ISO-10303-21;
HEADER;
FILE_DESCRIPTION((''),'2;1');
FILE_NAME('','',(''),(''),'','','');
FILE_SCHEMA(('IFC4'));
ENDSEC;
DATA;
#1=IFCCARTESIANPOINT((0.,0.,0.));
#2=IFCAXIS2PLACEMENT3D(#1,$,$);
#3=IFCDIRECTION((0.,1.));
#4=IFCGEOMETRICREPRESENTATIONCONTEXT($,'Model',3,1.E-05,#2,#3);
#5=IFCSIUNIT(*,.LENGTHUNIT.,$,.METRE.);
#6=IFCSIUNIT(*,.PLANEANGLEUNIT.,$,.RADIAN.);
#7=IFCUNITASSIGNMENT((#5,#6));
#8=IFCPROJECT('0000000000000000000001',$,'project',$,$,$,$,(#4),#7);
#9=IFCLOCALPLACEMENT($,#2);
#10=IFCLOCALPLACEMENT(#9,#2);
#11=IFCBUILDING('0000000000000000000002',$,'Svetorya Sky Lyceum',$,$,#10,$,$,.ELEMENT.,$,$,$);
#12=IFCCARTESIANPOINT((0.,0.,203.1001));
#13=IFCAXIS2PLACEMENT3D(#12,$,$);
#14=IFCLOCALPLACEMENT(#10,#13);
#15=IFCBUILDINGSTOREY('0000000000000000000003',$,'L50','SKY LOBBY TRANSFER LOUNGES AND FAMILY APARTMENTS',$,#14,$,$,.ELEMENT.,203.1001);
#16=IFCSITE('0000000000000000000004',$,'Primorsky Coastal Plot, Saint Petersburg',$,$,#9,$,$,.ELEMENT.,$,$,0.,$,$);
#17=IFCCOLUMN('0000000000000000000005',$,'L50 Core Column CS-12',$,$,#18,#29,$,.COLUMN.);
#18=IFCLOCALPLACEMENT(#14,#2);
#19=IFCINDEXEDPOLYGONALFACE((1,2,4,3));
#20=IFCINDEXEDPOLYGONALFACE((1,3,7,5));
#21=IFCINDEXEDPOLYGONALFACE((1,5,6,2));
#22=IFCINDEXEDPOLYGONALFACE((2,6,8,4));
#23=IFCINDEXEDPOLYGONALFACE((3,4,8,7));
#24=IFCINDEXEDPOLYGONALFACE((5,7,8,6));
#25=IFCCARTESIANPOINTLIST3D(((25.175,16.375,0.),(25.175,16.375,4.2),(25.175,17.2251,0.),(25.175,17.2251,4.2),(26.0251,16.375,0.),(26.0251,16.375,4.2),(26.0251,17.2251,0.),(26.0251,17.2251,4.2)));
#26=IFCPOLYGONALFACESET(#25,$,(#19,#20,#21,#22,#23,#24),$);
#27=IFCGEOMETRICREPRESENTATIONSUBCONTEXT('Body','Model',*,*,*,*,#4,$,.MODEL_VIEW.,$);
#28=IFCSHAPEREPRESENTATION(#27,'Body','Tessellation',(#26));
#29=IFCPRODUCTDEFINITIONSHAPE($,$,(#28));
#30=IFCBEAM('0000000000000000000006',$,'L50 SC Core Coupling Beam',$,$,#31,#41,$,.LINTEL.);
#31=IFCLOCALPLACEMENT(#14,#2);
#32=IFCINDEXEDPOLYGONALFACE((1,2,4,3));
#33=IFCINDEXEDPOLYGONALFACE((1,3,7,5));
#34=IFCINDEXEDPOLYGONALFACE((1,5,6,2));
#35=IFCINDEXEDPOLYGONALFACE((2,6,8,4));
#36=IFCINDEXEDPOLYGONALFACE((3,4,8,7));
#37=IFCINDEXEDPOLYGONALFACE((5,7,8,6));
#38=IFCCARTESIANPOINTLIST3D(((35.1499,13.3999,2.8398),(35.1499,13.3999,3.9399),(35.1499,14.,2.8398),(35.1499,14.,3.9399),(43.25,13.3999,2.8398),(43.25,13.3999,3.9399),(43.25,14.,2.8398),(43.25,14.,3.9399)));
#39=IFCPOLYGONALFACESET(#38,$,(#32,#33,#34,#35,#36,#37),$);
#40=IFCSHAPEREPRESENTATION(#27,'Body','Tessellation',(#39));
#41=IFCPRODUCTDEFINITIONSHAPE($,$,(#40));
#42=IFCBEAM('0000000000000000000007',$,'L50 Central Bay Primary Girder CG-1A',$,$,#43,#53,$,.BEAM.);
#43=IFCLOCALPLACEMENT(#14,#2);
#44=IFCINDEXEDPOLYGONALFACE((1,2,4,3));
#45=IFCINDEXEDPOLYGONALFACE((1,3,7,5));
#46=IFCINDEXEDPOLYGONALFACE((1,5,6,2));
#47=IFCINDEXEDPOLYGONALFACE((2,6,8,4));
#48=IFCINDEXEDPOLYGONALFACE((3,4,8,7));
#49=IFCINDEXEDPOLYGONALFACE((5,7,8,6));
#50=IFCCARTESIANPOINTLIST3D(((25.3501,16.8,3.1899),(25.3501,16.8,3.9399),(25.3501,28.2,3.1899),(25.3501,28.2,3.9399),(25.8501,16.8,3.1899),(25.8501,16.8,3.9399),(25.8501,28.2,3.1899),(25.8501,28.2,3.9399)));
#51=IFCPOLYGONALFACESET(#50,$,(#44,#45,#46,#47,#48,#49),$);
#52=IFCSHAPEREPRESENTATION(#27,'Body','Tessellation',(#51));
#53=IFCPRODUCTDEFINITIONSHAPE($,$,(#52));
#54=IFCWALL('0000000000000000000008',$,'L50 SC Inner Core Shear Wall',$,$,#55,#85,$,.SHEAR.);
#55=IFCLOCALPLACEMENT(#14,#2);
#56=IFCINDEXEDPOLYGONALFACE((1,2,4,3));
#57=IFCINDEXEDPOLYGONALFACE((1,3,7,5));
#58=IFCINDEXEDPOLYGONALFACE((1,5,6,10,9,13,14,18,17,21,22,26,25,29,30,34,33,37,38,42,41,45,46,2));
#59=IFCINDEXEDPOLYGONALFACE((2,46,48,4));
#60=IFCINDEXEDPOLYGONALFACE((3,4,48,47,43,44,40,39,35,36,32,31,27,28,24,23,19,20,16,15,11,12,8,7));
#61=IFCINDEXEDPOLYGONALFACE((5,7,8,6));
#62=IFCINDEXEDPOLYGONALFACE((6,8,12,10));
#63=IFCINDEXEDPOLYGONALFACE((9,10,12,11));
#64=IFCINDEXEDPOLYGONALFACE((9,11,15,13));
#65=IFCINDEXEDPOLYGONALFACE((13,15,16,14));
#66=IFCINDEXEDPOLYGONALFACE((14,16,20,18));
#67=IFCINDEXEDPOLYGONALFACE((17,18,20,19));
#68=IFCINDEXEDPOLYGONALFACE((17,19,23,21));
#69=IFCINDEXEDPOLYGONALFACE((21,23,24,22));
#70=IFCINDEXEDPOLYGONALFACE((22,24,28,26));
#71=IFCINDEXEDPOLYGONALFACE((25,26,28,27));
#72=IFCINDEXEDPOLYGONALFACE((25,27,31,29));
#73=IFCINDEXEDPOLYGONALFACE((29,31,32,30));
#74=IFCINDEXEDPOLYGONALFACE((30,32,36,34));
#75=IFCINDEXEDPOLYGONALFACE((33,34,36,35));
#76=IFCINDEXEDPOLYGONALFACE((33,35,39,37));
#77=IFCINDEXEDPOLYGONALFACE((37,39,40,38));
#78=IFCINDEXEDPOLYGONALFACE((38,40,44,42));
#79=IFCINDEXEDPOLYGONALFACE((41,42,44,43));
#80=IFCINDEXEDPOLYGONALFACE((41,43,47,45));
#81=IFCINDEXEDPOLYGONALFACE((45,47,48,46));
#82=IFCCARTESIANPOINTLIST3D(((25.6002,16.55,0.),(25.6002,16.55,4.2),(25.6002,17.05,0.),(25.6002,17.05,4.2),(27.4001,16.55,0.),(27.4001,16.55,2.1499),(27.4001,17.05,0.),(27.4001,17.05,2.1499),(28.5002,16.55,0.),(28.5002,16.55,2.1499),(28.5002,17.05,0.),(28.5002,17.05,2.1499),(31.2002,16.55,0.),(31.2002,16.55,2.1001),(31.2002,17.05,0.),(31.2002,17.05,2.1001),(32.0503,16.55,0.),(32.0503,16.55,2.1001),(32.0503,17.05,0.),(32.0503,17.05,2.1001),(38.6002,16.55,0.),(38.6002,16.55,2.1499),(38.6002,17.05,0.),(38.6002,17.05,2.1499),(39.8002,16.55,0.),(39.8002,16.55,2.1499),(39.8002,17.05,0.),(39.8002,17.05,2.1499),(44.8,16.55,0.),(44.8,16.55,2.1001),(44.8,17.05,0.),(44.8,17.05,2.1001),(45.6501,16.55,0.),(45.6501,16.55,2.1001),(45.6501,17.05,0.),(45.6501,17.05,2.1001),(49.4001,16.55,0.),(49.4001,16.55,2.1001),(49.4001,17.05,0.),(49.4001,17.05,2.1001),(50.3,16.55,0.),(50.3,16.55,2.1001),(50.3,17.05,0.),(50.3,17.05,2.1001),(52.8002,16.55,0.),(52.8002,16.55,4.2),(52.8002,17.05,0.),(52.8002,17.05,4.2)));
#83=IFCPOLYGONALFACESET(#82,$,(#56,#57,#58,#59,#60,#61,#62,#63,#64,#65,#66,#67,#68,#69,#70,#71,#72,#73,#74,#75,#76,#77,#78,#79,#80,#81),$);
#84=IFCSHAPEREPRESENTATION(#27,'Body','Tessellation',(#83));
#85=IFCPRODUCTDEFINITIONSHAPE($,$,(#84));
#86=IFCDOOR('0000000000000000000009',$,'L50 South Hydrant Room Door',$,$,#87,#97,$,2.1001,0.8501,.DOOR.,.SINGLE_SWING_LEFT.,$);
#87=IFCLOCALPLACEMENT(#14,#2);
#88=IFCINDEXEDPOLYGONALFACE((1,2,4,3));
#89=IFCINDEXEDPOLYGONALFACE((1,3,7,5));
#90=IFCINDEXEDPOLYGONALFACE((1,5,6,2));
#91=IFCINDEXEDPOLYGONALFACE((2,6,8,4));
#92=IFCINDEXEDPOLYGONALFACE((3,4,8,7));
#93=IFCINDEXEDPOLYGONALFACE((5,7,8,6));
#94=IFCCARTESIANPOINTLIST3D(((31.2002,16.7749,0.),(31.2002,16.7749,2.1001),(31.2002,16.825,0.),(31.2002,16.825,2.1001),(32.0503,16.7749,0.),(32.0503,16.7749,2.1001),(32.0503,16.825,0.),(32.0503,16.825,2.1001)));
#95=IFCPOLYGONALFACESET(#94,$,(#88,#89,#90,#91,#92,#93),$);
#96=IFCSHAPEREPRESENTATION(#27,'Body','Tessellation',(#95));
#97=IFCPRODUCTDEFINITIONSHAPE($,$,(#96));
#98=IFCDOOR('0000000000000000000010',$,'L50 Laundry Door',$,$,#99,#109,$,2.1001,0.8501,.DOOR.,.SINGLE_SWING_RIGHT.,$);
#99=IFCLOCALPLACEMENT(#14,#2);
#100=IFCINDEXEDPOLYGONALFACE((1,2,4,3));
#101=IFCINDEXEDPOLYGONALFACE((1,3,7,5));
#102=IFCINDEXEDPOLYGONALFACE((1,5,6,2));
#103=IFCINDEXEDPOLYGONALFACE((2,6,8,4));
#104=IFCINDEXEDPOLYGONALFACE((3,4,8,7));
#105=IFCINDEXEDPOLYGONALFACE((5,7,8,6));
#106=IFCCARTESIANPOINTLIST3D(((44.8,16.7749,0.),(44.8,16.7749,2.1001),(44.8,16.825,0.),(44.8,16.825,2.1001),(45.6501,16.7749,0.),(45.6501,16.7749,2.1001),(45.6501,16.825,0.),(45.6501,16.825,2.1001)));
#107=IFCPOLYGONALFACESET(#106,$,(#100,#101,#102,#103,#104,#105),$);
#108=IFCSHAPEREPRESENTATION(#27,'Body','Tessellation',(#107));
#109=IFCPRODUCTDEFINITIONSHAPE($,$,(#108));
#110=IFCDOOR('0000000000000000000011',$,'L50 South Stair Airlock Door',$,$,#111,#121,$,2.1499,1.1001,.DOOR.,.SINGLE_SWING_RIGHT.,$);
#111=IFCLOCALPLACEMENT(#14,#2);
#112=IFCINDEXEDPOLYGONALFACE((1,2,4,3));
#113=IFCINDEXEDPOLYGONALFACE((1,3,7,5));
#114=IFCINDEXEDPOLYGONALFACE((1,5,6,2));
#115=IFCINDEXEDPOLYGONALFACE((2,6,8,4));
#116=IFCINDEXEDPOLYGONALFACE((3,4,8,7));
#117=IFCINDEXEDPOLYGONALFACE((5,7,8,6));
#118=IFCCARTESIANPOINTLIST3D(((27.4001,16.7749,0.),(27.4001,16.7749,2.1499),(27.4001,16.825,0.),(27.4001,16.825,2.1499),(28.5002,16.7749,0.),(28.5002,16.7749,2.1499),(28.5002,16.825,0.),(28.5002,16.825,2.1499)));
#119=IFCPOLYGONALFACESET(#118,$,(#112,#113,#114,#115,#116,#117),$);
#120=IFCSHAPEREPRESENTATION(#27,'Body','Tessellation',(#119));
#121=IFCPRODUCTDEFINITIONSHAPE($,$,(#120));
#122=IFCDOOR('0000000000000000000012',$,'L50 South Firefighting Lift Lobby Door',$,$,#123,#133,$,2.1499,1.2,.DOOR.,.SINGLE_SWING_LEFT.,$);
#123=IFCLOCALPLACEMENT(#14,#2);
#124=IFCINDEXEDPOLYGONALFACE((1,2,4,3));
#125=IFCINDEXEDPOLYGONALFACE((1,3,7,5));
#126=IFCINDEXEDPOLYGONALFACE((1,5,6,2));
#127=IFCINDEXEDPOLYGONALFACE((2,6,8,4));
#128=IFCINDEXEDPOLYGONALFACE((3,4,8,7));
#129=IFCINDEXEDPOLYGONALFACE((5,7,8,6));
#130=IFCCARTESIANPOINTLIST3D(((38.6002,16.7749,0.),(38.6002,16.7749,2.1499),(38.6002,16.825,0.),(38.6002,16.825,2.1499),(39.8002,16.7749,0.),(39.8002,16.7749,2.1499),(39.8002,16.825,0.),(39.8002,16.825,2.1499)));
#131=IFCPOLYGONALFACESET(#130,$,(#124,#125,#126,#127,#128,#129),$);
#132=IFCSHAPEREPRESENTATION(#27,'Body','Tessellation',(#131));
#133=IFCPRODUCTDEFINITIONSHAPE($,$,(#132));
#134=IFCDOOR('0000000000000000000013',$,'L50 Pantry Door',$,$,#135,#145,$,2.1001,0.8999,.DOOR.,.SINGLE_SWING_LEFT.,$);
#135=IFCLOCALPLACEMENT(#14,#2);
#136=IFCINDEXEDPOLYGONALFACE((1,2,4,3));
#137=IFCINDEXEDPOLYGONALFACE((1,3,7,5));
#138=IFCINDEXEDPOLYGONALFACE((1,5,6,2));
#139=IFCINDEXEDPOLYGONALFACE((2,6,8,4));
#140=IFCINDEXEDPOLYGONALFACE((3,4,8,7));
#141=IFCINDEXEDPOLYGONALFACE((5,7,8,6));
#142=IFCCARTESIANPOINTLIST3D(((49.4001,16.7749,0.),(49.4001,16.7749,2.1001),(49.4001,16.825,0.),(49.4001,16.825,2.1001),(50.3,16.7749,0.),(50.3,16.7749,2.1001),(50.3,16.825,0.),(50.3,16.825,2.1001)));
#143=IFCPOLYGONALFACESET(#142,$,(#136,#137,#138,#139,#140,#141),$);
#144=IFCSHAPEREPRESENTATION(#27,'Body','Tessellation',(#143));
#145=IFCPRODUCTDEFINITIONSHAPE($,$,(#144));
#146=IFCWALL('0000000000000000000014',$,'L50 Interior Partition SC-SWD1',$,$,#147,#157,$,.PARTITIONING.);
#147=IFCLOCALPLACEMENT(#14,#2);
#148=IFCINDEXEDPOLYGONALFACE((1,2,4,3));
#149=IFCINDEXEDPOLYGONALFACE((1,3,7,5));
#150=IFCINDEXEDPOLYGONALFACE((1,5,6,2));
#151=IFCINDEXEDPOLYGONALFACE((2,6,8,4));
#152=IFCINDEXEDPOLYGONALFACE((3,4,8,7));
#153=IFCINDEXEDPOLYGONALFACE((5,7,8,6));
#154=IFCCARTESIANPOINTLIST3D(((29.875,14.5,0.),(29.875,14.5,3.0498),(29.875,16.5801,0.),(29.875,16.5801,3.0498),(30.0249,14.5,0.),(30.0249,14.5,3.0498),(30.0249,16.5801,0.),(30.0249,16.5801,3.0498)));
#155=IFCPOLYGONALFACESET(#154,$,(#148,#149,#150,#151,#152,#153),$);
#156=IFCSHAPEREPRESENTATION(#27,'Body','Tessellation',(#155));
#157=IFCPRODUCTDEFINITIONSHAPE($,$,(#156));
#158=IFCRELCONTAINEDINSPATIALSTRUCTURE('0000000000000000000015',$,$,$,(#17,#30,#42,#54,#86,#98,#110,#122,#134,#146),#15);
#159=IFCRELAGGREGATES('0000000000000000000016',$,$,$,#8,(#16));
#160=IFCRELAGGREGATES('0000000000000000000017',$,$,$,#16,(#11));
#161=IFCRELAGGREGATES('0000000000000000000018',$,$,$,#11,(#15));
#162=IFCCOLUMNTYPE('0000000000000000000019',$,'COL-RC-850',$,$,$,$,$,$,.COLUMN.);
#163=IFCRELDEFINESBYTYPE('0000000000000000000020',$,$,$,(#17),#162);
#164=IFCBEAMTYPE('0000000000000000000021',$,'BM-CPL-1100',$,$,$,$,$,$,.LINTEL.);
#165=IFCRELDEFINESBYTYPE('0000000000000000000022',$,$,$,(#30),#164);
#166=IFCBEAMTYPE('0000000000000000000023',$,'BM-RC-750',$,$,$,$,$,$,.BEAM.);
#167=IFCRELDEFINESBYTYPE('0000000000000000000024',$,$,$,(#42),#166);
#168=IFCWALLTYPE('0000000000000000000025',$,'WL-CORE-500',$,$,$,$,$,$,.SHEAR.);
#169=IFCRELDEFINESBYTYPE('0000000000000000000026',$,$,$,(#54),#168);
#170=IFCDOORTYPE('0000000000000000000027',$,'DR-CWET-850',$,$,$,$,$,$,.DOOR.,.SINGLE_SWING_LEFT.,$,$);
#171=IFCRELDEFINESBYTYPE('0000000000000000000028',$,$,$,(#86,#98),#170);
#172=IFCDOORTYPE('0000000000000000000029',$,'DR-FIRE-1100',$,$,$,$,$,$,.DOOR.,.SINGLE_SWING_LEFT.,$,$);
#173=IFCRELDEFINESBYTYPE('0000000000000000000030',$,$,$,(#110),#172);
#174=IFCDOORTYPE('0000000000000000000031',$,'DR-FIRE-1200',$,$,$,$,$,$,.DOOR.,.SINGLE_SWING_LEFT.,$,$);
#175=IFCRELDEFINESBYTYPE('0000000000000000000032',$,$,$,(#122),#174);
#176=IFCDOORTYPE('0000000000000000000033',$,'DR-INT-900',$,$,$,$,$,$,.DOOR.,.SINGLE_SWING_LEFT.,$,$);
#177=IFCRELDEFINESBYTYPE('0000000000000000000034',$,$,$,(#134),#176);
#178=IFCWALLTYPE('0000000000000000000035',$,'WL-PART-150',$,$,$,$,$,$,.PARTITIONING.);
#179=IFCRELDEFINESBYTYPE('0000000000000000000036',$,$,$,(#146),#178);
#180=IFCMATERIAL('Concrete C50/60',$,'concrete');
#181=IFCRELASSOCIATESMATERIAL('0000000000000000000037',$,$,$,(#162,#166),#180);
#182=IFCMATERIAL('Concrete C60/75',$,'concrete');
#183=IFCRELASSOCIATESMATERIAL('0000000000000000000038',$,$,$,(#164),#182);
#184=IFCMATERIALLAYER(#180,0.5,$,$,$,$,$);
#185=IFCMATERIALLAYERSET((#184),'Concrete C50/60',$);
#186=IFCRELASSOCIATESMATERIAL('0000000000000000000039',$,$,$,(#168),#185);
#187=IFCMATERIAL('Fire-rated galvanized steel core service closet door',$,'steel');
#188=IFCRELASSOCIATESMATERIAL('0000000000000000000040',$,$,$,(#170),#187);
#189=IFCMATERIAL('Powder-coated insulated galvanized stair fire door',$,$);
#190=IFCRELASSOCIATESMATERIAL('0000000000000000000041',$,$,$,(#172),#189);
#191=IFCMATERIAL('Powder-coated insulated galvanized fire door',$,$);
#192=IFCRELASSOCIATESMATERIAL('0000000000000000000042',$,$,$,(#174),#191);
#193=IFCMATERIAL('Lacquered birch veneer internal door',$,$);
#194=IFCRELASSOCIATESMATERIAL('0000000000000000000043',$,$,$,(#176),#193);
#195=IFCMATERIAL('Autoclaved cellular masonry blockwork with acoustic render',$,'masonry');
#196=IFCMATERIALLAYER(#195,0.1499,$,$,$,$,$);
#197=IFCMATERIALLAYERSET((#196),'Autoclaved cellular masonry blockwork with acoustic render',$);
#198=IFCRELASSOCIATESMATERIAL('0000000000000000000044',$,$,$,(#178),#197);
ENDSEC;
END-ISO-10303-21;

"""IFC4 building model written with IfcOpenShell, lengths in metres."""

from ifc_helpers import new_model, si_unit, direction, frame, frame_2d, origin, origin_2d, place, context, subcontext, project, spatial, rectangle, extrude, material, layer, layer_set, material_profile, profile_set, type_object, element, fill, save


model = new_model("IFC4")

# Units and contexts
model_context = context("Model", 3, precision=1e-05, world=origin(), true_north=direction((0.0, 1.0)))
body_context = subcontext(model_context, "Body", "Model", "MODEL_VIEW")
ifc_project = project(units=[si_unit("LENGTHUNIT", "METRE"), si_unit("PLANEANGLEUNIT", "RADIAN")], contexts=[model_context])

# Site, building, storey
site_placement = place(None, origin())
site = spatial("IfcSite", under=ifc_project, at=site_placement, Name="Primorsky Coastal Plot, Saint Petersburg", CompositionType="ELEMENT", RefElevation=0.0)
building_placement = place(site_placement, origin())
building = spatial("IfcBuilding", under=site, at=building_placement, Name="Svetorya Sky Lyceum", CompositionType="ELEMENT")
storey_placement = place(building_placement, frame((0.0, 0.0, 203.1001)))
storey = spatial("IfcBuildingStorey", under=building, at=storey_placement, Name="L50", Description="SKY LOBBY TRANSFER LOUNGES AND FAMILY APARTMENTS", CompositionType="ELEMENT", Elevation=203.1001)

# Column
ifc_material_1 = material(Name="Concrete C50/60", Category="concrete")
ifc_material_profile_1 = material_profile(ifc_material_1, rectangle(XDim=0.8501, YDim=0.8501, at=origin_2d()), Name="RC COL 850x850")
ifc_profile_set_1 = profile_set([ifc_material_profile_1], Name="Concrete C50/60")
column_type = type_object("IfcColumnType", Name="COL-RC-850", PredefinedType="COLUMN", material=ifc_profile_set_1)
column_placement = place(storey_placement, frame((25.6001, 16.8, 0.0), z_axis=(0.0, 0.0, 1.0), x_axis=(1.0, 0.0, 0.0)))
element("IfcColumn", 1, at=column_placement, inside=storey, type_object=column_type, Name="L50 Core Column CS-12", PredefinedType="COLUMN", context=body_context, shape_type="SweptSolid", body=[
    extrude(rectangle(XDim=0.8501, YDim=0.8501, at=origin_2d()), origin(), (0.0, 0.0, 1.0), 4.2),
])

# Beams
ifc_material_2 = material(Name="Concrete C60/75", Category="concrete")
ifc_material_profile_2 = material_profile(ifc_material_2, rectangle(XDim=0.6001, YDim=1.1001, at=origin_2d()), Name="RC COUPLING 600x1100")
ifc_profile_set_2 = profile_set([ifc_material_profile_2], Name="Concrete C60/75")
beam_type_1 = type_object("IfcBeamType", Name="BM-CPL-1100", PredefinedType="LINTEL", material=ifc_profile_set_2)
beam_1_placement = place(storey_placement, frame((35.1499, 13.7, 3.3899), z_axis=(1.0, 0.0, 0.0), x_axis=(0.0, 1.0, 0.0)))
element("IfcBeam", 2, at=beam_1_placement, inside=storey, type_object=beam_type_1, Name="L50 SC Core Coupling Beam", PredefinedType="LINTEL", context=body_context, shape_type="SweptSolid", body=[
    extrude(rectangle(XDim=0.6001, YDim=1.1001, at=origin_2d()), origin(), (0.0, 0.0, 1.0), 8.1001),
])
ifc_material_profile_3 = material_profile(ifc_material_1, rectangle(XDim=0.5, YDim=0.75, at=origin_2d()), Name="RC BEAM 500x750")
ifc_profile_set_3 = profile_set([ifc_material_profile_3], Name="Concrete C50/60")
beam_type_2 = type_object("IfcBeamType", Name="BM-RC-750", PredefinedType="BEAM", material=ifc_profile_set_3)
beam_2_placement = place(storey_placement, frame((25.6001, 16.8, 3.5649), z_axis=(0.0, 1.0, 0.0), x_axis=(-1.0, 0.0, 0.0)))
element("IfcBeam", 3, at=beam_2_placement, inside=storey, type_object=beam_type_2, Name="L50 Central Bay Primary Girder CG-1A", PredefinedType="BEAM", context=body_context, shape_type="SweptSolid", body=[
    extrude(rectangle(XDim=0.5, YDim=0.75, at=origin_2d()), origin(), (0.0, 0.0, 1.0), 11.3999),
])

# Wall, openings, doors
ifc_layer_1 = layer(ifc_material_1, 0.5)
ifc_layer_set_1 = layer_set([ifc_layer_1], Name="Concrete C50/60")
wall_type_1 = type_object("IfcWallType", Name="WL-CORE-500", PredefinedType="SHEAR", material=ifc_layer_set_1)
wall_1_placement = place(storey_placement, frame((25.6001, 16.8, 0.0), z_axis=(0.0, 0.0, 1.0), x_axis=(1.0, 0.0, 0.0)))
wall_1 = element("IfcWall", 4, at=wall_1_placement, inside=storey, type_object=wall_type_1, Name="L50 SC Inner Core Shear Wall", PredefinedType="SHEAR", context=body_context, shape_type="SweptSolid", body=[
    extrude(rectangle(XDim=27.2, YDim=0.5, at=frame_2d((13.6001, 0.0))), origin(), (0.0, 0.0, 1.0), 4.2),
])
opening_1_placement = place(wall_1_placement, frame((1.8, 0.0, 0.0)))
opening_1 = element("IfcOpeningElement", 5, at=opening_1_placement, cuts=wall_1, PredefinedType="OPENING", context=body_context, shape_type="SweptSolid", body=[
    extrude(rectangle(XDim=1.1001, YDim=2.1499, at=frame_2d((0.55, 1.075))), frame((0.0, 0.26, 0.0), z_axis=(0.0, -1.0, 0.0), x_axis=(1.0, 0.0, 0.0)), (0.0, 0.0, 1.0), 0.52),
])
opening_2_placement = place(wall_1_placement, frame((5.6001, 0.0, 0.0)))
opening_2 = element("IfcOpeningElement", 6, at=opening_2_placement, cuts=wall_1, PredefinedType="OPENING", context=body_context, shape_type="SweptSolid", body=[
    extrude(rectangle(XDim=0.8501, YDim=2.1001, at=frame_2d((0.425, 1.05))), frame((0.0, 0.26, 0.0), z_axis=(0.0, -1.0, 0.0), x_axis=(1.0, 0.0, 0.0)), (0.0, 0.0, 1.0), 0.52),
])
opening_3_placement = place(wall_1_placement, frame((13.0, 0.0, 0.0)))
opening_3 = element("IfcOpeningElement", 7, at=opening_3_placement, cuts=wall_1, PredefinedType="OPENING", context=body_context, shape_type="SweptSolid", body=[
    extrude(rectangle(XDim=1.2, YDim=2.1499, at=frame_2d((0.6001, 1.075))), frame((0.0, 0.26, 0.0), z_axis=(0.0, -1.0, 0.0), x_axis=(1.0, 0.0, 0.0)), (0.0, 0.0, 1.0), 0.52),
])
opening_4_placement = place(wall_1_placement, frame((19.2, 0.0, 0.0)))
opening_4 = element("IfcOpeningElement", 8, at=opening_4_placement, cuts=wall_1, PredefinedType="OPENING", context=body_context, shape_type="SweptSolid", body=[
    extrude(rectangle(XDim=0.8501, YDim=2.1001, at=frame_2d((0.425, 1.05))), frame((0.0, 0.26, 0.0), z_axis=(0.0, -1.0, 0.0), x_axis=(1.0, 0.0, 0.0)), (0.0, 0.0, 1.0), 0.52),
])
opening_5_placement = place(wall_1_placement, frame((23.8, 0.0, 0.0)))
opening_5 = element("IfcOpeningElement", 9, at=opening_5_placement, cuts=wall_1, PredefinedType="OPENING", context=body_context, shape_type="SweptSolid", body=[
    extrude(rectangle(XDim=0.8999, YDim=2.1001, at=frame_2d((0.45, 1.05))), frame((0.0, 0.26, 0.0), z_axis=(0.0, -1.0, 0.0), x_axis=(1.0, 0.0, 0.0)), (0.0, 0.0, 1.0), 0.52),
])
ifc_material_3 = material(Name="Fire-rated galvanized steel core service closet door", Category="steel")
door_type_1 = type_object("IfcDoorType", Name="DR-CWET-850", OperationType="SINGLE_SWING_LEFT", PredefinedType="DOOR", material=ifc_material_3)
door_1_placement = place(opening_2_placement, origin())
door_1 = element("IfcDoor", 10, at=door_1_placement, inside=storey, type_object=door_type_1, Name="L50 South Hydrant Room Door", OperationType="SINGLE_SWING_LEFT", OverallHeight=2.1001, OverallWidth=0.8501, PredefinedType="DOOR", context=body_context, shape_type="SweptSolid", body=[
    extrude(rectangle(XDim=0.8501, YDim=2.1001, at=frame_2d((0.425, 1.05))), frame((0.0, 0.0249, 0.0), z_axis=(0.0, -1.0, 0.0), x_axis=(1.0, 0.0, 0.0)), (0.0, 0.0, 1.0), 0.05),
])
fill(opening_2, door_1)
door_2_placement = place(opening_4_placement, origin())
door_2 = element("IfcDoor", 11, at=door_2_placement, inside=storey, type_object=door_type_1, Name="L50 Laundry Door", OperationType="SINGLE_SWING_RIGHT", OverallHeight=2.1001, OverallWidth=0.8501, PredefinedType="DOOR", context=body_context, shape_type="SweptSolid", body=[
    extrude(rectangle(XDim=0.8501, YDim=2.1001, at=frame_2d((0.425, 1.05))), frame((0.0, 0.0249, 0.0), z_axis=(0.0, -1.0, 0.0), x_axis=(1.0, 0.0, 0.0)), (0.0, 0.0, 1.0), 0.05),
])
fill(opening_4, door_2)
ifc_material_4 = material(Name="Powder-coated insulated galvanized stair fire door")
door_type_2 = type_object("IfcDoorType", Name="DR-FIRE-1100", OperationType="SINGLE_SWING_LEFT", PredefinedType="DOOR", material=ifc_material_4)
door_3_placement = place(opening_1_placement, origin())
door_3 = element("IfcDoor", 12, at=door_3_placement, inside=storey, type_object=door_type_2, Name="L50 South Stair Airlock Door", OperationType="SINGLE_SWING_RIGHT", OverallHeight=2.1499, OverallWidth=1.1001, PredefinedType="DOOR", context=body_context, shape_type="SweptSolid", body=[
    extrude(rectangle(XDim=1.1001, YDim=2.1499, at=frame_2d((0.55, 1.075))), frame((0.0, 0.0249, 0.0), z_axis=(0.0, -1.0, 0.0), x_axis=(1.0, 0.0, 0.0)), (0.0, 0.0, 1.0), 0.05),
])
fill(opening_1, door_3)
ifc_material_5 = material(Name="Powder-coated insulated galvanized fire door")
door_type_3 = type_object("IfcDoorType", Name="DR-FIRE-1200", OperationType="SINGLE_SWING_LEFT", PredefinedType="DOOR", material=ifc_material_5)
door_4_placement = place(opening_3_placement, origin())
door_4 = element("IfcDoor", 13, at=door_4_placement, inside=storey, type_object=door_type_3, Name="L50 South Firefighting Lift Lobby Door", OperationType="SINGLE_SWING_LEFT", OverallHeight=2.1499, OverallWidth=1.2, PredefinedType="DOOR", context=body_context, shape_type="SweptSolid", body=[
    extrude(rectangle(XDim=1.2, YDim=2.1499, at=frame_2d((0.6001, 1.075))), frame((0.0, 0.0249, 0.0), z_axis=(0.0, -1.0, 0.0), x_axis=(1.0, 0.0, 0.0)), (0.0, 0.0, 1.0), 0.05),
])
fill(opening_3, door_4)
ifc_material_6 = material(Name="Lacquered birch veneer internal door")
door_type_4 = type_object("IfcDoorType", Name="DR-INT-900", OperationType="SINGLE_SWING_LEFT", PredefinedType="DOOR", material=ifc_material_6)
door_5_placement = place(opening_5_placement, origin())
door_5 = element("IfcDoor", 14, at=door_5_placement, inside=storey, type_object=door_type_4, Name="L50 Pantry Door", OperationType="SINGLE_SWING_LEFT", OverallHeight=2.1001, OverallWidth=0.8999, PredefinedType="DOOR", context=body_context, shape_type="SweptSolid", body=[
    extrude(rectangle(XDim=0.8999, YDim=2.1001, at=frame_2d((0.45, 1.05))), frame((0.0, 0.0249, 0.0), z_axis=(0.0, -1.0, 0.0), x_axis=(1.0, 0.0, 0.0)), (0.0, 0.0, 1.0), 0.05),
])
fill(opening_5, door_5)

# Wall
ifc_material_7 = material(Name="Autoclaved cellular masonry blockwork with acoustic render", Category="masonry")
ifc_layer_2 = layer(ifc_material_7, 0.1499)
ifc_layer_set_2 = layer_set([ifc_layer_2], Name="Autoclaved cellular masonry blockwork with acoustic render")
wall_type_2 = type_object("IfcWallType", Name="WL-PART-150", PredefinedType="PARTITIONING", material=ifc_layer_set_2)
wall_2_placement = place(storey_placement, frame((29.95, 14.5, 0.0), z_axis=(0.0, 0.0, 1.0), x_axis=(0.0, 1.0, 0.0)))
element("IfcWall", 15, at=wall_2_placement, inside=storey, type_object=wall_type_2, Name="L50 Interior Partition SC-SWD1", PredefinedType="PARTITIONING", context=body_context, shape_type="SweptSolid", body=[
    extrude(rectangle(XDim=2.0801, YDim=0.1499, at=frame_2d((1.04, 0.0))), origin(), (0.0, 0.0, 1.0), 3.0498),
])

save(model, "model.ifc")
